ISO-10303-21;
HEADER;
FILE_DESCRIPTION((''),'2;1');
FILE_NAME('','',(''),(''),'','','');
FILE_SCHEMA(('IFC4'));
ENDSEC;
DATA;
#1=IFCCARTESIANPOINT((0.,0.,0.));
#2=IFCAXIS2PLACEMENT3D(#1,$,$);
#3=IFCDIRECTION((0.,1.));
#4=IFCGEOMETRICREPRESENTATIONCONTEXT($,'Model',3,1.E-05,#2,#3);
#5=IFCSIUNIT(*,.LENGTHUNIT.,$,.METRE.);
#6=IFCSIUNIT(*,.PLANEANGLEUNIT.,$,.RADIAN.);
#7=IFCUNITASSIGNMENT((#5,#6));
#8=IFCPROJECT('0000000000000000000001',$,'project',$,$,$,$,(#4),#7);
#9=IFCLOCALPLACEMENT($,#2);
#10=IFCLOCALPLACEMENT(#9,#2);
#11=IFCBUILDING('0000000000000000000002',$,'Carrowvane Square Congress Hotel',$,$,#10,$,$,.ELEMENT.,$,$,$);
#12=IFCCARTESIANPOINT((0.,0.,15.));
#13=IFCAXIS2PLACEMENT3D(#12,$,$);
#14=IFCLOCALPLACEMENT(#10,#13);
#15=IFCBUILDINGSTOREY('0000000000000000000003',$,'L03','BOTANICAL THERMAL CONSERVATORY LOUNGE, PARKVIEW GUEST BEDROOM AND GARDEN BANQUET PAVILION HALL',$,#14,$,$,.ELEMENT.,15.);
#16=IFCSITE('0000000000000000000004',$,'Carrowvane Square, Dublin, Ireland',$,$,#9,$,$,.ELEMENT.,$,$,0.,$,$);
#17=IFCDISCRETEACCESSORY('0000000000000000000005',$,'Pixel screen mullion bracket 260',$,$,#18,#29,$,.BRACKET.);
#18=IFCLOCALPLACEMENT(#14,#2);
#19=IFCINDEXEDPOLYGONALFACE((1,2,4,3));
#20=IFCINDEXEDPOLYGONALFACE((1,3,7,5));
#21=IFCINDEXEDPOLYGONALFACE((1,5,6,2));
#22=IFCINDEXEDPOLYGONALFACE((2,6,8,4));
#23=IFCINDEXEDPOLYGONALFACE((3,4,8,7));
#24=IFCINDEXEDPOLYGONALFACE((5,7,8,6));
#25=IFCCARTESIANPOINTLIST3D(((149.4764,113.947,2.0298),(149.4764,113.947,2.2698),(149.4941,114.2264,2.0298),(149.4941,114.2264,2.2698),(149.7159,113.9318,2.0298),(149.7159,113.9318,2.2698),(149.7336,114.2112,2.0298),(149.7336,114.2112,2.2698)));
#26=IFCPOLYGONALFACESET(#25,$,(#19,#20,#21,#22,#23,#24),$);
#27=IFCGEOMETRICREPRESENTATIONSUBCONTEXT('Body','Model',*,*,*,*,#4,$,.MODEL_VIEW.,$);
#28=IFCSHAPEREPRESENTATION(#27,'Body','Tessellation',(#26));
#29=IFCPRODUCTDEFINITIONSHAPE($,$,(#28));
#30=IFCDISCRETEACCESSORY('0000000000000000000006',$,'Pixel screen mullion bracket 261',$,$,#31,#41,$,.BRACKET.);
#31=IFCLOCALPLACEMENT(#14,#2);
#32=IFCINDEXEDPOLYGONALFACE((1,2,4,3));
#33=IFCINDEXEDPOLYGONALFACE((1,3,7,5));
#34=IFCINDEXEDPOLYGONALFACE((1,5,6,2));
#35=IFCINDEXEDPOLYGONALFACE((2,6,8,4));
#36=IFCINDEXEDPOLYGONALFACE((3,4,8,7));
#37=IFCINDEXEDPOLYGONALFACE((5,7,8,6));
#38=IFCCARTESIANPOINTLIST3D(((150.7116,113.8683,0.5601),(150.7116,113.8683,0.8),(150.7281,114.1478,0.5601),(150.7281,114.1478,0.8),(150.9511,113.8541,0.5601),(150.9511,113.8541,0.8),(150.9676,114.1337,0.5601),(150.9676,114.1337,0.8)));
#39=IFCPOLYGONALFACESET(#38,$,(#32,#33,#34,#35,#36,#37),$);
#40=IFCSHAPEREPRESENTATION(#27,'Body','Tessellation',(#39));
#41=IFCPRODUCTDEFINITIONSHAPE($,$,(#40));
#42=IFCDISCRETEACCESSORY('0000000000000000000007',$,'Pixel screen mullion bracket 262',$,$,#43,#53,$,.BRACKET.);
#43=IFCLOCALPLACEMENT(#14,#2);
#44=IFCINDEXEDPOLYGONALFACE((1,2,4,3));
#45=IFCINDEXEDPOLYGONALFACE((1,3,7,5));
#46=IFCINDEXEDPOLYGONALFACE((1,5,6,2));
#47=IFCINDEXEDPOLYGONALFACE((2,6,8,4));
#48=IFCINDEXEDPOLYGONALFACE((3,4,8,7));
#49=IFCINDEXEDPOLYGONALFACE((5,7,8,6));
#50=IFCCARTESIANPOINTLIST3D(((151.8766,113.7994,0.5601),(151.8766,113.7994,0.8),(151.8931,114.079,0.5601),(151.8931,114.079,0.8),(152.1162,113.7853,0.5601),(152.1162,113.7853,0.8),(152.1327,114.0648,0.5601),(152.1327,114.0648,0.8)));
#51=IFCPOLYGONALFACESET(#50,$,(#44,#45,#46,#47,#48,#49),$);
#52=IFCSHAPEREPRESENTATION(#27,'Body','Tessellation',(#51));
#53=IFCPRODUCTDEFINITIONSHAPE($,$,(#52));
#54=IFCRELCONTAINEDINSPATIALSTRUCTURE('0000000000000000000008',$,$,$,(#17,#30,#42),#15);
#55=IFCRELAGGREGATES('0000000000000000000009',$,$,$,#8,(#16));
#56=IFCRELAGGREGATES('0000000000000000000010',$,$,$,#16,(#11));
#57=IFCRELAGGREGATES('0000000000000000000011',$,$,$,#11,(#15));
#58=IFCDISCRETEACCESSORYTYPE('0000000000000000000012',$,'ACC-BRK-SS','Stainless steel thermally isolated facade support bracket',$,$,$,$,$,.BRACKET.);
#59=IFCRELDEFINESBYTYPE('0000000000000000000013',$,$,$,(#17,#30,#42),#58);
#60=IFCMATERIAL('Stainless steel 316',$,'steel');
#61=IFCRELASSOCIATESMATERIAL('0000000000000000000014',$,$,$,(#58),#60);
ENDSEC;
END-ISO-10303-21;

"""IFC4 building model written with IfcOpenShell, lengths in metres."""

from ifc_helpers import new_model, si_unit, direction, frame, origin, origin_2d, place, context, subcontext, project, spatial, rectangle, extrude, material, type_object, element, save


model = new_model("IFC4")

# Units and contexts
model_context = context("Model", 3, precision=1e-05, world=origin(), true_north=direction((0.0, 1.0)))
body_context = subcontext(model_context, "Body", "Model", "MODEL_VIEW")
ifc_project = project(units=[si_unit("LENGTHUNIT", "METRE"), si_unit("PLANEANGLEUNIT", "RADIAN")], contexts=[model_context])

# Site, building, storey
site_placement = place(None, origin())
site = spatial("IfcSite", under=ifc_project, at=site_placement, Name="Carrowvane Square, Dublin, Ireland", CompositionType="ELEMENT", RefElevation=0.0)
building_placement = place(site_placement, origin())
building = spatial("IfcBuilding", under=site, at=building_placement, Name="Carrowvane Square Congress Hotel", CompositionType="ELEMENT")
storey_placement = place(building_placement, frame((0.0, 0.0, 15.0)))
storey = spatial("IfcBuildingStorey", under=building, at=storey_placement, Name="L03", Description="BOTANICAL THERMAL CONSERVATORY LOUNGE, PARKVIEW GUEST BEDROOM AND GARDEN BANQUET PAVILION HALL", CompositionType="ELEMENT", Elevation=15.0)

# Discrete accessories
ifc_material_1 = material(Name="Stainless steel 316", Category="steel")
discrete_accessory_type = type_object("IfcDiscreteAccessoryType", Name="ACC-BRK-SS", Description="Stainless steel thermally isolated facade support bracket", PredefinedType="BRACKET", material=ifc_material_1)
for number, where, z_axis, x_axis, name in (
    (1, (149.605, 114.0791, 2.0298), (0.0, 0.0, 1.0), (0.997996, -0.063277, 0.0), "Pixel screen mullion bracket 260"),
    (2, (150.8396, 114.001, 0.5601), (0.0, 0.0, 1.0), (0.998259, -0.058985, 0.0), "Pixel screen mullion bracket 261"),
    (3, (152.0046, 113.9321, 0.5601), (0.0, 0.0, 1.0), (0.998259, -0.058985, 0.0), "Pixel screen mullion bracket 262"),
):
    element("IfcDiscreteAccessory", number, at=place(storey_placement, frame(where, z_axis=z_axis, x_axis=x_axis)), inside=storey, type_object=discrete_accessory_type, Name=name, PredefinedType="BRACKET", context=body_context, shape_type="SweptSolid", body=[
        extrude(rectangle(XDim=0.24, YDim=0.28, at=origin_2d()), origin(), (0.0, 0.0, 1.0), 0.24),
    ])

save(model, "model.ifc")
